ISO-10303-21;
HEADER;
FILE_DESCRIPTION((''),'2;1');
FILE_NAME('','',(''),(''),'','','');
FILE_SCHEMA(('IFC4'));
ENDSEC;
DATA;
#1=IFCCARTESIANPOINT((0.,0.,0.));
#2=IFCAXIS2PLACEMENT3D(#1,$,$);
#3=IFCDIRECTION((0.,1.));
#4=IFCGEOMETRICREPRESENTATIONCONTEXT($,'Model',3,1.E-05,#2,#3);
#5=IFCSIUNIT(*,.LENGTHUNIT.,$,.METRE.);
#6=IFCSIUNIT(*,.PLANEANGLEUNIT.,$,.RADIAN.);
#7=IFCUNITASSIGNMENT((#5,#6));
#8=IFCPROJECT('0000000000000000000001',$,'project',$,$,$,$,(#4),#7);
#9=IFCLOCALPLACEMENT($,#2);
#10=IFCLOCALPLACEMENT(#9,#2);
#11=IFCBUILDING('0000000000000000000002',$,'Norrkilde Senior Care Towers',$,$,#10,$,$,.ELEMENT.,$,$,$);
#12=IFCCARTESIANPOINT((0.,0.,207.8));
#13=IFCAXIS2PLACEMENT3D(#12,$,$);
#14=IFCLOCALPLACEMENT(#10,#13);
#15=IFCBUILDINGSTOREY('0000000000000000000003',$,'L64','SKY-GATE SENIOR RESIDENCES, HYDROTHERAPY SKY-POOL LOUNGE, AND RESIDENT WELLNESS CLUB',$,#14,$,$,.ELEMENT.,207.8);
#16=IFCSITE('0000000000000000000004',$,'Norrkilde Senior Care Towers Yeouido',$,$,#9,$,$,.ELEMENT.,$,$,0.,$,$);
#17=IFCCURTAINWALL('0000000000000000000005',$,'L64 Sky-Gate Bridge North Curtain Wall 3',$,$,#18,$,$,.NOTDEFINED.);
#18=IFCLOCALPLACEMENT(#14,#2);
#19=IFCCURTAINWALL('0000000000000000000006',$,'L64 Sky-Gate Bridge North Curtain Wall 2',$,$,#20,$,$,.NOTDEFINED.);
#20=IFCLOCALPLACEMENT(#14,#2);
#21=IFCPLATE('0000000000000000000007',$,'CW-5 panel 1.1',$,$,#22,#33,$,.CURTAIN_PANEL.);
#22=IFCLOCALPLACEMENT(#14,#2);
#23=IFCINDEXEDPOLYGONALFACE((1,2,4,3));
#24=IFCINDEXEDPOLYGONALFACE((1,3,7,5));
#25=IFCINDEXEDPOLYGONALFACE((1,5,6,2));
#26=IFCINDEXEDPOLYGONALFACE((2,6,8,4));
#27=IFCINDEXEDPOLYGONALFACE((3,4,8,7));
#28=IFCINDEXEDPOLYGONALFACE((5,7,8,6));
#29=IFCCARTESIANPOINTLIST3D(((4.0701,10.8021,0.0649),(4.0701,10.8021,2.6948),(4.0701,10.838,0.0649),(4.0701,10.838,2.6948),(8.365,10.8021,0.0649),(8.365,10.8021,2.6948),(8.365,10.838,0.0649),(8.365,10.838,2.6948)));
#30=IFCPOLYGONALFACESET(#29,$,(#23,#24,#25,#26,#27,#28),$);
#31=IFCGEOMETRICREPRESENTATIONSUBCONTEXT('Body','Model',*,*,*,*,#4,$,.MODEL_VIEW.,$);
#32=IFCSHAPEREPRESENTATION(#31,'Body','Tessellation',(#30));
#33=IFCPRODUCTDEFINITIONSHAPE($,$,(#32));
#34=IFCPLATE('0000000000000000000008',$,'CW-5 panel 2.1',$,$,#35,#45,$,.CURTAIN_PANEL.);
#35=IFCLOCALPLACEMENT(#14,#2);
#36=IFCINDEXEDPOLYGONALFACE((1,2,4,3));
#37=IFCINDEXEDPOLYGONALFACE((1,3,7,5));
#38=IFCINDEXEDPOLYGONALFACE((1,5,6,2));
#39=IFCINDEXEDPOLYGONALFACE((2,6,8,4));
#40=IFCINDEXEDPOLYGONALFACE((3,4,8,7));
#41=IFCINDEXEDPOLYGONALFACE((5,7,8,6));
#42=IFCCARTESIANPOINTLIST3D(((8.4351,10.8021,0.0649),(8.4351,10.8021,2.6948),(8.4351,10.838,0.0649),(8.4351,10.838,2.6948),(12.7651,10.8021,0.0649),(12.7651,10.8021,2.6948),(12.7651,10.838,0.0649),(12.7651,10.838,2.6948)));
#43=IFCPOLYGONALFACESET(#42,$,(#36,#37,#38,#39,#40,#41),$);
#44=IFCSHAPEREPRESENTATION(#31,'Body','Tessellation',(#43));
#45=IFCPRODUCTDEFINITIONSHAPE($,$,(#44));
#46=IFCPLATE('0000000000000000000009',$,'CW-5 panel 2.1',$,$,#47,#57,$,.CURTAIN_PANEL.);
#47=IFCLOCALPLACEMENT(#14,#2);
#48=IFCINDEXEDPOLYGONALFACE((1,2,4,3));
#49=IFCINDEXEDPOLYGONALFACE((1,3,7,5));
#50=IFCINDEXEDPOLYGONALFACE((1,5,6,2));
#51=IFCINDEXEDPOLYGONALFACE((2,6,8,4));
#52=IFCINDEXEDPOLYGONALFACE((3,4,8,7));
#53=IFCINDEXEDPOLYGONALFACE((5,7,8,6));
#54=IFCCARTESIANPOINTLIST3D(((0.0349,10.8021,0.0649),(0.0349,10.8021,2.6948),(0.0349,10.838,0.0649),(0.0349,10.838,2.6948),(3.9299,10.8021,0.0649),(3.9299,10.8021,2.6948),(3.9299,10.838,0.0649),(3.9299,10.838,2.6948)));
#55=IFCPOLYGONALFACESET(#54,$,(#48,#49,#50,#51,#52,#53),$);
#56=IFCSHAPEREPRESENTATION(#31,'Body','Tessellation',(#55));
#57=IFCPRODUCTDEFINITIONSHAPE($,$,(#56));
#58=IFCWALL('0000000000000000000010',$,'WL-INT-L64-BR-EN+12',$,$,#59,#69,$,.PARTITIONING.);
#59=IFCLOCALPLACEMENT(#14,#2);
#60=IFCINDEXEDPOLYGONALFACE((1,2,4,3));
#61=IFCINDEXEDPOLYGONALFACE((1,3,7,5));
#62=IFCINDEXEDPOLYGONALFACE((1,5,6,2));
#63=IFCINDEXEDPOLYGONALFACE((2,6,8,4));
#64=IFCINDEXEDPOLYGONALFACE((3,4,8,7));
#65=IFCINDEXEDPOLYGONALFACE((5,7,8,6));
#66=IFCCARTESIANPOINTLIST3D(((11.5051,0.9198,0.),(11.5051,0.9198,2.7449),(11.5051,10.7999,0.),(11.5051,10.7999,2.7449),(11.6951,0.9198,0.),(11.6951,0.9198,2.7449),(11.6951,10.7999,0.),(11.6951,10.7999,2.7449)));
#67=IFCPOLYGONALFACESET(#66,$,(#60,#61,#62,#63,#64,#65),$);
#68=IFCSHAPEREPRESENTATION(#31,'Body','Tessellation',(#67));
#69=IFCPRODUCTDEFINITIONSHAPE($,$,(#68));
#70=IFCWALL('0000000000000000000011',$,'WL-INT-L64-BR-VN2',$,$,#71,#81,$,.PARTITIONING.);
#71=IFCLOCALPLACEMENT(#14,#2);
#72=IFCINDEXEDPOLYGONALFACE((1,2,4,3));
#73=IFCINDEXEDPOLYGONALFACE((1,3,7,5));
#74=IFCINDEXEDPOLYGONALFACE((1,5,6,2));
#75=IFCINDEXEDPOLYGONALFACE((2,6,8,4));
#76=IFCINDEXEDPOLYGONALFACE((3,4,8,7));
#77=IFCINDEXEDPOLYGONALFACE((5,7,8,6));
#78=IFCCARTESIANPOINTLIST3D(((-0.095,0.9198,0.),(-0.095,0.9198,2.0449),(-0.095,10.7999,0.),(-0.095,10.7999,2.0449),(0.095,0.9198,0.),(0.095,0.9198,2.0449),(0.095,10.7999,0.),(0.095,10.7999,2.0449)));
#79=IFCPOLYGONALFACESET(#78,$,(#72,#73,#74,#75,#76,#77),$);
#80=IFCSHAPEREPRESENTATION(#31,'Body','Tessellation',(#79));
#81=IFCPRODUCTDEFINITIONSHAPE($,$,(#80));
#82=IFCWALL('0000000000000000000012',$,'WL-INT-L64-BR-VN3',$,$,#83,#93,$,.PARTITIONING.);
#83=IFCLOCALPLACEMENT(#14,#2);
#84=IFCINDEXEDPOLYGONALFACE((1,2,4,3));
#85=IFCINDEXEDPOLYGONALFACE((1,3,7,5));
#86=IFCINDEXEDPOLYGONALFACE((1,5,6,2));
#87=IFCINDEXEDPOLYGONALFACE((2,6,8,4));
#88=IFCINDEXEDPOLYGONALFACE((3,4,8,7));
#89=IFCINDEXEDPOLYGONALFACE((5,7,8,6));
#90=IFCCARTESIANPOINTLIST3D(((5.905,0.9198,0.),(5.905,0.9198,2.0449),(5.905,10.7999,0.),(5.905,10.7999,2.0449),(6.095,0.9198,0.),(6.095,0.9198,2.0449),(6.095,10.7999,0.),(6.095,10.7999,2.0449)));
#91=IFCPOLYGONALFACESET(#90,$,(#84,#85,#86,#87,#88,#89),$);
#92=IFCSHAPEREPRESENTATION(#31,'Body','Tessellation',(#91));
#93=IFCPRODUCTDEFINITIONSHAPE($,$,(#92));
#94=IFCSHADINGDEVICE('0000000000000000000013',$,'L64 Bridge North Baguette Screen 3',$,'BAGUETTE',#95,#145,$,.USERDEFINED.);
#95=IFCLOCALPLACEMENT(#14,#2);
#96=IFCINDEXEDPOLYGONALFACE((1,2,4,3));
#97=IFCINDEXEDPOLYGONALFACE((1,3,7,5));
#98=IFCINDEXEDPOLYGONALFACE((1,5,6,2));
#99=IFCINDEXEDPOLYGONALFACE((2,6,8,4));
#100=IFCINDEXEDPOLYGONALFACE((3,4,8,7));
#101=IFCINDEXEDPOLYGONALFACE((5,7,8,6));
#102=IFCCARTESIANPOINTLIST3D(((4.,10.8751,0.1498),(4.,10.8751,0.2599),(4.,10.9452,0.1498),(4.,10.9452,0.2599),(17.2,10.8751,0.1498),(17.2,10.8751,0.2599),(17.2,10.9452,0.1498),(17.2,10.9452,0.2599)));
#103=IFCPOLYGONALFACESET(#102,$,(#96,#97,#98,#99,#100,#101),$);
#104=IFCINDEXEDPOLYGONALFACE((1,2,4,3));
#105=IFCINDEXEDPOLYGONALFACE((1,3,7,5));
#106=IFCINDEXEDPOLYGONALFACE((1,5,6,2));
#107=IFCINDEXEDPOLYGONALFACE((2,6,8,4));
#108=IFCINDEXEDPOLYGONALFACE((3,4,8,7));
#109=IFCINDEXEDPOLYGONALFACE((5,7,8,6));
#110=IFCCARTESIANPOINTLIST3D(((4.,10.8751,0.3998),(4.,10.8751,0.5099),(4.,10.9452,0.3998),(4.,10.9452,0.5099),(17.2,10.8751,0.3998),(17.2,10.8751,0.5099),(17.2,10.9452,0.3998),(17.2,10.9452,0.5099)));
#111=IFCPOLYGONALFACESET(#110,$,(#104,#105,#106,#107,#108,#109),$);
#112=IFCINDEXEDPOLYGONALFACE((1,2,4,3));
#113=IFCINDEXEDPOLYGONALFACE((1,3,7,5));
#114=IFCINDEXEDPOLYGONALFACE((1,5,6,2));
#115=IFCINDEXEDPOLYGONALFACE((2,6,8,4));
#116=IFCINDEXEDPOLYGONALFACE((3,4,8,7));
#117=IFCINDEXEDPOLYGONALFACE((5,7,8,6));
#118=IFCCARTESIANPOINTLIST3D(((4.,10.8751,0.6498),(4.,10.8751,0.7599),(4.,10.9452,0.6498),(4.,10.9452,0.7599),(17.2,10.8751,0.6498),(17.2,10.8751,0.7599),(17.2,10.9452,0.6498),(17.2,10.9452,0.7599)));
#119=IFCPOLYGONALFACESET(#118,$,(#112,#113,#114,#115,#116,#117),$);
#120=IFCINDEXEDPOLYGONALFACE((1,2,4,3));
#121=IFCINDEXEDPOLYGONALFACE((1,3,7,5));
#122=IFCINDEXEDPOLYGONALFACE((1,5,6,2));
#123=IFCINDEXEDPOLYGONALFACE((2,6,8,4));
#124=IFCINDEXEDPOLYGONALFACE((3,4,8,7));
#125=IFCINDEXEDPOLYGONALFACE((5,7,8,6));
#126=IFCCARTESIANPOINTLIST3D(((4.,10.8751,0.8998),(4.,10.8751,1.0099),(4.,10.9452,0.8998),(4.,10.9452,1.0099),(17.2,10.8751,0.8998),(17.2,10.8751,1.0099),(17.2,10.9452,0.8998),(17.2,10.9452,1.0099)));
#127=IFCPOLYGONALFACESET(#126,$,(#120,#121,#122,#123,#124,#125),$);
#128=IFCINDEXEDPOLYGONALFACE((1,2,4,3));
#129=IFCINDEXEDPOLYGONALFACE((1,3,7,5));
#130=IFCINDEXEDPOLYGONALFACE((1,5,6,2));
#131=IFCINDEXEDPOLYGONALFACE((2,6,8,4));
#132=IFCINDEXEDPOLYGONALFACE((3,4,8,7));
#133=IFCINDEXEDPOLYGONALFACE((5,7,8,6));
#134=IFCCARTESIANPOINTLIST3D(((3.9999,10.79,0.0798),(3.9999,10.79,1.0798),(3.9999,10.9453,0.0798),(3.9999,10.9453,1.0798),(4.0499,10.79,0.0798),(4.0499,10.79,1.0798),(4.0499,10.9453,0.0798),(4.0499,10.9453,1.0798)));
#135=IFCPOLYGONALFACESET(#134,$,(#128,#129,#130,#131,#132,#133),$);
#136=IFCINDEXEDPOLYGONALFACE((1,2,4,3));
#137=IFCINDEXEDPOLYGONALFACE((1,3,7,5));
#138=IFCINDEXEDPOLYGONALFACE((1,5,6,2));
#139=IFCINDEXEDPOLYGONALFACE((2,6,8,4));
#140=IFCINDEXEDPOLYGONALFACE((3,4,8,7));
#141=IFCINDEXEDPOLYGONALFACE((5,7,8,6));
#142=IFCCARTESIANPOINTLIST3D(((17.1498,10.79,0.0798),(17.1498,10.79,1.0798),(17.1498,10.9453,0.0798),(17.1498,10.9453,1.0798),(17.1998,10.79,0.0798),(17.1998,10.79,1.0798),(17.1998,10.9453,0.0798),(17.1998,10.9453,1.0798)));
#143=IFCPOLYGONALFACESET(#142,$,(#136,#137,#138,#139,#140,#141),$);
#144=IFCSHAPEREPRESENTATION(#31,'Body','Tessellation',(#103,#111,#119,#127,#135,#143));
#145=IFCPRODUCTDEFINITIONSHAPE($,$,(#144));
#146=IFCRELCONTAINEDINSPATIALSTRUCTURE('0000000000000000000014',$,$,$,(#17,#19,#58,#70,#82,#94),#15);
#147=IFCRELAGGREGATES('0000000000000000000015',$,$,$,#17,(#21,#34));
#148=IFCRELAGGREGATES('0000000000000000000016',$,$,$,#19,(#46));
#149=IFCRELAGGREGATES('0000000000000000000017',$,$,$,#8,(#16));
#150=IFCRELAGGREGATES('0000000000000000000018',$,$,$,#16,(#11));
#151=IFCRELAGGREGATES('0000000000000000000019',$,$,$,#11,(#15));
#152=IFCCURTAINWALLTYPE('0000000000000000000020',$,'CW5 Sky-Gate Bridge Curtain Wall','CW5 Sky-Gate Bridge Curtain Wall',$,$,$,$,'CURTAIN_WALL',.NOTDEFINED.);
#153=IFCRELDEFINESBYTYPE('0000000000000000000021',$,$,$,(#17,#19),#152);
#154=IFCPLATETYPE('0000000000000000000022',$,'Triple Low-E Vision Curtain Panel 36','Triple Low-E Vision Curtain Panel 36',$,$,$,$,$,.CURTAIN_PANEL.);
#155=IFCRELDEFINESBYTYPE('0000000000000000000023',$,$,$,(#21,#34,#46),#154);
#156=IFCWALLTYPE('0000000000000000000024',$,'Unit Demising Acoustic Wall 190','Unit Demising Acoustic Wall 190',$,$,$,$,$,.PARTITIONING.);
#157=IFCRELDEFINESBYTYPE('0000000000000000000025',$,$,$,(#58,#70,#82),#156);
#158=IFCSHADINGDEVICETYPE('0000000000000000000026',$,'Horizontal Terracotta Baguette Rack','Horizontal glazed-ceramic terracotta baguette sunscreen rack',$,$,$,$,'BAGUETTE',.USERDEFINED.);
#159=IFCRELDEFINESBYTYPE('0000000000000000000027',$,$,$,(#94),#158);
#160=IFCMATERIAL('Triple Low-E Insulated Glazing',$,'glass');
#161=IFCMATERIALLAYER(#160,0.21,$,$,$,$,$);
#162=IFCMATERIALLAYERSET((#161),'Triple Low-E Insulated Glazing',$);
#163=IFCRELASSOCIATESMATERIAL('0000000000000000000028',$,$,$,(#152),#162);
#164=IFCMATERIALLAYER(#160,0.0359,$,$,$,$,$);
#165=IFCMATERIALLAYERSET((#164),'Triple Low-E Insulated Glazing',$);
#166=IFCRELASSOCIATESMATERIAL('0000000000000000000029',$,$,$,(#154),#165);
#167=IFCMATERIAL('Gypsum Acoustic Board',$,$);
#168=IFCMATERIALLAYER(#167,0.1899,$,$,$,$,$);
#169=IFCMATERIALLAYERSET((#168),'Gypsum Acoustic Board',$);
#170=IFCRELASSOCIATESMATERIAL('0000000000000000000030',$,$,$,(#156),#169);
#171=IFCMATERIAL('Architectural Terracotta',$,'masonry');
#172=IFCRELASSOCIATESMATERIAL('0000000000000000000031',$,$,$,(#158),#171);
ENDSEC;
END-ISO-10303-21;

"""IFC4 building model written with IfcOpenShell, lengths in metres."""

from ifc_helpers import new_model, si_unit, direction, frame, frame_2d, origin, origin_2d, place, context, subcontext, project, spatial, rectangle, extrude, source, transform, mapped, material, layer, layer_set, type_object, type_shapes, element, aggregate, save


model = new_model("IFC4")

# Units and contexts
model_context = context("Model", 3, precision=1e-05, world=origin(), true_north=direction((0.0, 1.0)))
body_context = subcontext(model_context, "Body", "Model", "MODEL_VIEW")
ifc_project = project(units=[si_unit("LENGTHUNIT", "METRE"), si_unit("PLANEANGLEUNIT", "RADIAN")], contexts=[model_context])

# Site, building, storey
site_placement = place(None, origin())
site = spatial("IfcSite", under=ifc_project, at=site_placement, Name="Norrkilde Senior Care Towers Yeouido", CompositionType="ELEMENT", RefElevation=0.0)
building_placement = place(site_placement, origin())
building = spatial("IfcBuilding", under=site, at=building_placement, Name="Norrkilde Senior Care Towers", CompositionType="ELEMENT")
storey_placement = place(building_placement, frame((0.0, 0.0, 207.8)))
storey = spatial("IfcBuildingStorey", under=building, at=storey_placement, Name="L64", Description="SKY-GATE SENIOR RESIDENCES, HYDROTHERAPY SKY-POOL LOUNGE, AND RESIDENT WELLNESS CLUB", CompositionType="ELEMENT", Elevation=207.8)

# Curtain walls
ifc_material_1 = material(Name="Triple Low-E Insulated Glazing", Category="glass")
ifc_layer_1 = layer(ifc_material_1, 0.21)
ifc_layer_set_1 = layer_set([ifc_layer_1], Name="Triple Low-E Insulated Glazing")
curtain_wall_type = type_object("IfcCurtainWallType", Name="CW5 Sky-Gate Bridge Curtain Wall", Description="CW5 Sky-Gate Bridge Curtain Wall", ElementType="CURTAIN_WALL", PredefinedType="NOTDEFINED", material=ifc_layer_set_1)
curtain_wall_1_placement = place(storey_placement, origin())
curtain_wall_1 = element("IfcCurtainWall", 1, at=curtain_wall_1_placement, inside=storey, type_object=curtain_wall_type, Name="L64 Sky-Gate Bridge North Curtain Wall 3", PredefinedType="NOTDEFINED")
curtain_wall_2_placement = place(storey_placement, origin())
curtain_wall_2 = element("IfcCurtainWall", 2, at=curtain_wall_2_placement, inside=storey, type_object=curtain_wall_type, Name="L64 Sky-Gate Bridge North Curtain Wall 2", PredefinedType="NOTDEFINED")

# Plates
ifc_layer_2 = layer(ifc_material_1, 0.0359)
ifc_layer_set_2 = layer_set([ifc_layer_2], Name="Triple Low-E Insulated Glazing")
plate_type = type_object("IfcPlateType", Name="Triple Low-E Vision Curtain Panel 36", Description="Triple Low-E Vision Curtain Panel 36", PredefinedType="CURTAIN_PANEL", material=ifc_layer_set_2)
shared_shape_1 = source(origin(), body_context, "Body", "SweptSolid", [
    extrude(rectangle(XDim=4.2949, YDim=0.0359, at=origin_2d()), origin(), (0.0, 0.0, 1.0), 2.6299),
])
plate_1_placement = place(storey_placement, frame((6.2175, 10.8201, 0.0649), z_axis=(0.0, 0.0, 1.0), x_axis=(1.0, 0.0, 0.0)))
plate_1 = element("IfcPlate", 3, at=plate_1_placement, type_object=plate_type, Name="CW-5 panel 1.1", PredefinedType="CURTAIN_PANEL", context=body_context, shape_type="MappedRepresentation", body=[
    mapped(shared_shape_1, transform((0.0, 0.0, 0.0), x_axis=(1.0, 0.0, 0.0), y_axis=(0.0, 1.0, 0.0), z_axis=(0.0, 0.0, 1.0), scale=1.0)),
])
shared_shape_2 = source(origin(), body_context, "Body", "SweptSolid", [
    extrude(rectangle(XDim=4.3301, YDim=0.0359, at=origin_2d()), origin(), (0.0, 0.0, 1.0), 2.6299),
])
plate_2_placement = place(storey_placement, frame((10.6001, 10.8201, 0.0649), z_axis=(0.0, 0.0, 1.0), x_axis=(1.0, 0.0, 0.0)))
plate_2 = element("IfcPlate", 4, at=plate_2_placement, type_object=plate_type, Name="CW-5 panel 2.1", PredefinedType="CURTAIN_PANEL", context=body_context, shape_type="MappedRepresentation", body=[
    mapped(shared_shape_2, transform((0.0, 0.0, 0.0), x_axis=(1.0, 0.0, 0.0), y_axis=(0.0, 1.0, 0.0), z_axis=(0.0, 0.0, 1.0), scale=1.0)),
])
aggregate(curtain_wall_1, [plate_1, plate_2])
shared_shape_3 = source(origin(), body_context, "Body", "SweptSolid", [
    extrude(rectangle(XDim=3.895, YDim=0.0359, at=origin_2d()), origin(), (0.0, 0.0, 1.0), 2.6299),
])
type_shapes(plate_type, [shared_shape_1, shared_shape_2, shared_shape_3])
plate_3_placement = place(storey_placement, frame((1.9824, 10.8201, 0.0649), z_axis=(0.0, 0.0, 1.0), x_axis=(1.0, 0.0, 0.0)))
plate_3 = element("IfcPlate", 5, at=plate_3_placement, type_object=plate_type, Name="CW-5 panel 2.1", PredefinedType="CURTAIN_PANEL", context=body_context, shape_type="MappedRepresentation", body=[
    mapped(shared_shape_3, transform((0.0, 0.0, 0.0), x_axis=(1.0, 0.0, 0.0), y_axis=(0.0, 1.0, 0.0), z_axis=(0.0, 0.0, 1.0), scale=1.0)),
])
aggregate(curtain_wall_2, [plate_3])

# Shared definitions
ifc_material_2 = material(Name="Gypsum Acoustic Board")

# Walls
ifc_layer_3 = layer(ifc_material_2, 0.1899)
ifc_layer_set_3 = layer_set([ifc_layer_3], Name="Gypsum Acoustic Board")
wall_type_1 = type_object("IfcWallType", Name="Unit Demising Acoustic Wall 190", Description="Unit Demising Acoustic Wall 190", PredefinedType="PARTITIONING", material=ifc_layer_set_3)
shared_shape_4 = source(origin(), body_context, "Body", "SweptSolid", [
    extrude(rectangle(XDim=9.8801, YDim=0.1899, at=frame_2d((4.9399, 0.0))), origin(), (0.0, 0.0, 1.0), 2.7449),
])
wall_1_placement = place(storey_placement, frame((11.6001, 0.9199, 0.0), z_axis=(0.0, 0.0, 1.0), x_axis=(0.0, 1.0, 0.0)))
element("IfcWall", 6, at=wall_1_placement, inside=storey, type_object=wall_type_1, Name="WL-INT-L64-BR-EN+12", PredefinedType="PARTITIONING", context=body_context, shape_type="MappedRepresentation", body=[
    mapped(shared_shape_4, transform((0.0, 0.0, 0.0), x_axis=(1.0, 0.0, 0.0), y_axis=(0.0, 1.0, 0.0), z_axis=(0.0, 0.0, 1.0), scale=1.0)),
])
shared_shape_5 = source(origin(), body_context, "Body", "SweptSolid", [
    extrude(rectangle(XDim=9.8801, YDim=0.1899, at=frame_2d((4.9399, 0.0))), origin(), (0.0, 0.0, 1.0), 2.0449),
])
type_shapes(wall_type_1, [shared_shape_4, shared_shape_5])
for number, where, z_axis, x_axis, name in (
    (7, (0.0, 0.9199, 0.0), (0.0, 0.0, 1.0), (0.0, 1.0, 0.0), "WL-INT-L64-BR-VN2"),
    (8, (6.0, 0.9199, 0.0), (0.0, 0.0, 1.0), (0.0, 1.0, 0.0), "WL-INT-L64-BR-VN3"),
):
    element("IfcWall", number, at=place(storey_placement, frame(where, z_axis=z_axis, x_axis=x_axis)), inside=storey, type_object=wall_type_1, Name=name, PredefinedType="PARTITIONING", context=body_context, shape_type="MappedRepresentation", body=[
        mapped(shared_shape_5, transform((0.0, 0.0, 0.0), x_axis=(1.0, 0.0, 0.0), y_axis=(0.0, 1.0, 0.0), z_axis=(0.0, 0.0, 1.0), scale=1.0)),
    ])

# Shading device
ifc_material_3 = material(Name="Architectural Terracotta", Category="masonry")
shading_device_type = type_object("IfcShadingDeviceType", Name="Horizontal Terracotta Baguette Rack", Description="Horizontal glazed-ceramic terracotta baguette sunscreen rack", ElementType="BAGUETTE", PredefinedType="USERDEFINED", material=ifc_material_3)
shared_shape_6 = source(origin(), body_context, "Body", "SweptSolid", [
    extrude(rectangle(XDim=0.0701, YDim=0.1101, at=origin_2d()), frame((0.0, 0.0901, 0.125), z_axis=(1.0, 0.0, 0.0), x_axis=(0.0, 1.0, 0.0)), (0.0, 0.0, 1.0), 13.2),
    extrude(rectangle(XDim=0.0701, YDim=0.1101, at=origin_2d()), frame((0.0, 0.0901, 0.375), z_axis=(1.0, 0.0, 0.0), x_axis=(0.0, 1.0, 0.0)), (0.0, 0.0, 1.0), 13.2),
    extrude(rectangle(XDim=0.0701, YDim=0.1101, at=origin_2d()), frame((0.0, 0.0901, 0.625), z_axis=(1.0, 0.0, 0.0), x_axis=(0.0, 1.0, 0.0)), (0.0, 0.0, 1.0), 13.2),
    extrude(rectangle(XDim=0.0701, YDim=0.1101, at=origin_2d()), frame((0.0, 0.0901, 0.875), z_axis=(1.0, 0.0, 0.0), x_axis=(0.0, 1.0, 0.0)), (0.0, 0.0, 1.0), 13.2),
    extrude(rectangle(XDim=0.05, YDim=0.1553, at=origin_2d()), frame((0.0249, 0.0476, 0.0)), (0.0, 0.0, 1.0), 1.0),
    extrude(rectangle(XDim=0.05, YDim=0.1553, at=origin_2d()), frame((13.1748, 0.0476, 0.0)), (0.0, 0.0, 1.0), 1.0),
])
type_shapes(shading_device_type, [shared_shape_6])
shading_device_placement = place(storey_placement, frame((4.0, 10.8201, 0.0798), z_axis=(0.0, 0.0, 1.0), x_axis=(1.0, 0.0, 0.0)))
element("IfcShadingDevice", 9, at=shading_device_placement, inside=storey, type_object=shading_device_type, Name="L64 Bridge North Baguette Screen 3", ObjectType="BAGUETTE", PredefinedType="USERDEFINED", context=body_context, shape_type="MappedRepresentation", body=[
    mapped(shared_shape_6, transform((0.0, 0.0, 0.0), x_axis=(1.0, 0.0, 0.0), y_axis=(0.0, 1.0, 0.0), z_axis=(0.0, 0.0, 1.0), scale=1.0)),
])

save(model, "model.ifc")
